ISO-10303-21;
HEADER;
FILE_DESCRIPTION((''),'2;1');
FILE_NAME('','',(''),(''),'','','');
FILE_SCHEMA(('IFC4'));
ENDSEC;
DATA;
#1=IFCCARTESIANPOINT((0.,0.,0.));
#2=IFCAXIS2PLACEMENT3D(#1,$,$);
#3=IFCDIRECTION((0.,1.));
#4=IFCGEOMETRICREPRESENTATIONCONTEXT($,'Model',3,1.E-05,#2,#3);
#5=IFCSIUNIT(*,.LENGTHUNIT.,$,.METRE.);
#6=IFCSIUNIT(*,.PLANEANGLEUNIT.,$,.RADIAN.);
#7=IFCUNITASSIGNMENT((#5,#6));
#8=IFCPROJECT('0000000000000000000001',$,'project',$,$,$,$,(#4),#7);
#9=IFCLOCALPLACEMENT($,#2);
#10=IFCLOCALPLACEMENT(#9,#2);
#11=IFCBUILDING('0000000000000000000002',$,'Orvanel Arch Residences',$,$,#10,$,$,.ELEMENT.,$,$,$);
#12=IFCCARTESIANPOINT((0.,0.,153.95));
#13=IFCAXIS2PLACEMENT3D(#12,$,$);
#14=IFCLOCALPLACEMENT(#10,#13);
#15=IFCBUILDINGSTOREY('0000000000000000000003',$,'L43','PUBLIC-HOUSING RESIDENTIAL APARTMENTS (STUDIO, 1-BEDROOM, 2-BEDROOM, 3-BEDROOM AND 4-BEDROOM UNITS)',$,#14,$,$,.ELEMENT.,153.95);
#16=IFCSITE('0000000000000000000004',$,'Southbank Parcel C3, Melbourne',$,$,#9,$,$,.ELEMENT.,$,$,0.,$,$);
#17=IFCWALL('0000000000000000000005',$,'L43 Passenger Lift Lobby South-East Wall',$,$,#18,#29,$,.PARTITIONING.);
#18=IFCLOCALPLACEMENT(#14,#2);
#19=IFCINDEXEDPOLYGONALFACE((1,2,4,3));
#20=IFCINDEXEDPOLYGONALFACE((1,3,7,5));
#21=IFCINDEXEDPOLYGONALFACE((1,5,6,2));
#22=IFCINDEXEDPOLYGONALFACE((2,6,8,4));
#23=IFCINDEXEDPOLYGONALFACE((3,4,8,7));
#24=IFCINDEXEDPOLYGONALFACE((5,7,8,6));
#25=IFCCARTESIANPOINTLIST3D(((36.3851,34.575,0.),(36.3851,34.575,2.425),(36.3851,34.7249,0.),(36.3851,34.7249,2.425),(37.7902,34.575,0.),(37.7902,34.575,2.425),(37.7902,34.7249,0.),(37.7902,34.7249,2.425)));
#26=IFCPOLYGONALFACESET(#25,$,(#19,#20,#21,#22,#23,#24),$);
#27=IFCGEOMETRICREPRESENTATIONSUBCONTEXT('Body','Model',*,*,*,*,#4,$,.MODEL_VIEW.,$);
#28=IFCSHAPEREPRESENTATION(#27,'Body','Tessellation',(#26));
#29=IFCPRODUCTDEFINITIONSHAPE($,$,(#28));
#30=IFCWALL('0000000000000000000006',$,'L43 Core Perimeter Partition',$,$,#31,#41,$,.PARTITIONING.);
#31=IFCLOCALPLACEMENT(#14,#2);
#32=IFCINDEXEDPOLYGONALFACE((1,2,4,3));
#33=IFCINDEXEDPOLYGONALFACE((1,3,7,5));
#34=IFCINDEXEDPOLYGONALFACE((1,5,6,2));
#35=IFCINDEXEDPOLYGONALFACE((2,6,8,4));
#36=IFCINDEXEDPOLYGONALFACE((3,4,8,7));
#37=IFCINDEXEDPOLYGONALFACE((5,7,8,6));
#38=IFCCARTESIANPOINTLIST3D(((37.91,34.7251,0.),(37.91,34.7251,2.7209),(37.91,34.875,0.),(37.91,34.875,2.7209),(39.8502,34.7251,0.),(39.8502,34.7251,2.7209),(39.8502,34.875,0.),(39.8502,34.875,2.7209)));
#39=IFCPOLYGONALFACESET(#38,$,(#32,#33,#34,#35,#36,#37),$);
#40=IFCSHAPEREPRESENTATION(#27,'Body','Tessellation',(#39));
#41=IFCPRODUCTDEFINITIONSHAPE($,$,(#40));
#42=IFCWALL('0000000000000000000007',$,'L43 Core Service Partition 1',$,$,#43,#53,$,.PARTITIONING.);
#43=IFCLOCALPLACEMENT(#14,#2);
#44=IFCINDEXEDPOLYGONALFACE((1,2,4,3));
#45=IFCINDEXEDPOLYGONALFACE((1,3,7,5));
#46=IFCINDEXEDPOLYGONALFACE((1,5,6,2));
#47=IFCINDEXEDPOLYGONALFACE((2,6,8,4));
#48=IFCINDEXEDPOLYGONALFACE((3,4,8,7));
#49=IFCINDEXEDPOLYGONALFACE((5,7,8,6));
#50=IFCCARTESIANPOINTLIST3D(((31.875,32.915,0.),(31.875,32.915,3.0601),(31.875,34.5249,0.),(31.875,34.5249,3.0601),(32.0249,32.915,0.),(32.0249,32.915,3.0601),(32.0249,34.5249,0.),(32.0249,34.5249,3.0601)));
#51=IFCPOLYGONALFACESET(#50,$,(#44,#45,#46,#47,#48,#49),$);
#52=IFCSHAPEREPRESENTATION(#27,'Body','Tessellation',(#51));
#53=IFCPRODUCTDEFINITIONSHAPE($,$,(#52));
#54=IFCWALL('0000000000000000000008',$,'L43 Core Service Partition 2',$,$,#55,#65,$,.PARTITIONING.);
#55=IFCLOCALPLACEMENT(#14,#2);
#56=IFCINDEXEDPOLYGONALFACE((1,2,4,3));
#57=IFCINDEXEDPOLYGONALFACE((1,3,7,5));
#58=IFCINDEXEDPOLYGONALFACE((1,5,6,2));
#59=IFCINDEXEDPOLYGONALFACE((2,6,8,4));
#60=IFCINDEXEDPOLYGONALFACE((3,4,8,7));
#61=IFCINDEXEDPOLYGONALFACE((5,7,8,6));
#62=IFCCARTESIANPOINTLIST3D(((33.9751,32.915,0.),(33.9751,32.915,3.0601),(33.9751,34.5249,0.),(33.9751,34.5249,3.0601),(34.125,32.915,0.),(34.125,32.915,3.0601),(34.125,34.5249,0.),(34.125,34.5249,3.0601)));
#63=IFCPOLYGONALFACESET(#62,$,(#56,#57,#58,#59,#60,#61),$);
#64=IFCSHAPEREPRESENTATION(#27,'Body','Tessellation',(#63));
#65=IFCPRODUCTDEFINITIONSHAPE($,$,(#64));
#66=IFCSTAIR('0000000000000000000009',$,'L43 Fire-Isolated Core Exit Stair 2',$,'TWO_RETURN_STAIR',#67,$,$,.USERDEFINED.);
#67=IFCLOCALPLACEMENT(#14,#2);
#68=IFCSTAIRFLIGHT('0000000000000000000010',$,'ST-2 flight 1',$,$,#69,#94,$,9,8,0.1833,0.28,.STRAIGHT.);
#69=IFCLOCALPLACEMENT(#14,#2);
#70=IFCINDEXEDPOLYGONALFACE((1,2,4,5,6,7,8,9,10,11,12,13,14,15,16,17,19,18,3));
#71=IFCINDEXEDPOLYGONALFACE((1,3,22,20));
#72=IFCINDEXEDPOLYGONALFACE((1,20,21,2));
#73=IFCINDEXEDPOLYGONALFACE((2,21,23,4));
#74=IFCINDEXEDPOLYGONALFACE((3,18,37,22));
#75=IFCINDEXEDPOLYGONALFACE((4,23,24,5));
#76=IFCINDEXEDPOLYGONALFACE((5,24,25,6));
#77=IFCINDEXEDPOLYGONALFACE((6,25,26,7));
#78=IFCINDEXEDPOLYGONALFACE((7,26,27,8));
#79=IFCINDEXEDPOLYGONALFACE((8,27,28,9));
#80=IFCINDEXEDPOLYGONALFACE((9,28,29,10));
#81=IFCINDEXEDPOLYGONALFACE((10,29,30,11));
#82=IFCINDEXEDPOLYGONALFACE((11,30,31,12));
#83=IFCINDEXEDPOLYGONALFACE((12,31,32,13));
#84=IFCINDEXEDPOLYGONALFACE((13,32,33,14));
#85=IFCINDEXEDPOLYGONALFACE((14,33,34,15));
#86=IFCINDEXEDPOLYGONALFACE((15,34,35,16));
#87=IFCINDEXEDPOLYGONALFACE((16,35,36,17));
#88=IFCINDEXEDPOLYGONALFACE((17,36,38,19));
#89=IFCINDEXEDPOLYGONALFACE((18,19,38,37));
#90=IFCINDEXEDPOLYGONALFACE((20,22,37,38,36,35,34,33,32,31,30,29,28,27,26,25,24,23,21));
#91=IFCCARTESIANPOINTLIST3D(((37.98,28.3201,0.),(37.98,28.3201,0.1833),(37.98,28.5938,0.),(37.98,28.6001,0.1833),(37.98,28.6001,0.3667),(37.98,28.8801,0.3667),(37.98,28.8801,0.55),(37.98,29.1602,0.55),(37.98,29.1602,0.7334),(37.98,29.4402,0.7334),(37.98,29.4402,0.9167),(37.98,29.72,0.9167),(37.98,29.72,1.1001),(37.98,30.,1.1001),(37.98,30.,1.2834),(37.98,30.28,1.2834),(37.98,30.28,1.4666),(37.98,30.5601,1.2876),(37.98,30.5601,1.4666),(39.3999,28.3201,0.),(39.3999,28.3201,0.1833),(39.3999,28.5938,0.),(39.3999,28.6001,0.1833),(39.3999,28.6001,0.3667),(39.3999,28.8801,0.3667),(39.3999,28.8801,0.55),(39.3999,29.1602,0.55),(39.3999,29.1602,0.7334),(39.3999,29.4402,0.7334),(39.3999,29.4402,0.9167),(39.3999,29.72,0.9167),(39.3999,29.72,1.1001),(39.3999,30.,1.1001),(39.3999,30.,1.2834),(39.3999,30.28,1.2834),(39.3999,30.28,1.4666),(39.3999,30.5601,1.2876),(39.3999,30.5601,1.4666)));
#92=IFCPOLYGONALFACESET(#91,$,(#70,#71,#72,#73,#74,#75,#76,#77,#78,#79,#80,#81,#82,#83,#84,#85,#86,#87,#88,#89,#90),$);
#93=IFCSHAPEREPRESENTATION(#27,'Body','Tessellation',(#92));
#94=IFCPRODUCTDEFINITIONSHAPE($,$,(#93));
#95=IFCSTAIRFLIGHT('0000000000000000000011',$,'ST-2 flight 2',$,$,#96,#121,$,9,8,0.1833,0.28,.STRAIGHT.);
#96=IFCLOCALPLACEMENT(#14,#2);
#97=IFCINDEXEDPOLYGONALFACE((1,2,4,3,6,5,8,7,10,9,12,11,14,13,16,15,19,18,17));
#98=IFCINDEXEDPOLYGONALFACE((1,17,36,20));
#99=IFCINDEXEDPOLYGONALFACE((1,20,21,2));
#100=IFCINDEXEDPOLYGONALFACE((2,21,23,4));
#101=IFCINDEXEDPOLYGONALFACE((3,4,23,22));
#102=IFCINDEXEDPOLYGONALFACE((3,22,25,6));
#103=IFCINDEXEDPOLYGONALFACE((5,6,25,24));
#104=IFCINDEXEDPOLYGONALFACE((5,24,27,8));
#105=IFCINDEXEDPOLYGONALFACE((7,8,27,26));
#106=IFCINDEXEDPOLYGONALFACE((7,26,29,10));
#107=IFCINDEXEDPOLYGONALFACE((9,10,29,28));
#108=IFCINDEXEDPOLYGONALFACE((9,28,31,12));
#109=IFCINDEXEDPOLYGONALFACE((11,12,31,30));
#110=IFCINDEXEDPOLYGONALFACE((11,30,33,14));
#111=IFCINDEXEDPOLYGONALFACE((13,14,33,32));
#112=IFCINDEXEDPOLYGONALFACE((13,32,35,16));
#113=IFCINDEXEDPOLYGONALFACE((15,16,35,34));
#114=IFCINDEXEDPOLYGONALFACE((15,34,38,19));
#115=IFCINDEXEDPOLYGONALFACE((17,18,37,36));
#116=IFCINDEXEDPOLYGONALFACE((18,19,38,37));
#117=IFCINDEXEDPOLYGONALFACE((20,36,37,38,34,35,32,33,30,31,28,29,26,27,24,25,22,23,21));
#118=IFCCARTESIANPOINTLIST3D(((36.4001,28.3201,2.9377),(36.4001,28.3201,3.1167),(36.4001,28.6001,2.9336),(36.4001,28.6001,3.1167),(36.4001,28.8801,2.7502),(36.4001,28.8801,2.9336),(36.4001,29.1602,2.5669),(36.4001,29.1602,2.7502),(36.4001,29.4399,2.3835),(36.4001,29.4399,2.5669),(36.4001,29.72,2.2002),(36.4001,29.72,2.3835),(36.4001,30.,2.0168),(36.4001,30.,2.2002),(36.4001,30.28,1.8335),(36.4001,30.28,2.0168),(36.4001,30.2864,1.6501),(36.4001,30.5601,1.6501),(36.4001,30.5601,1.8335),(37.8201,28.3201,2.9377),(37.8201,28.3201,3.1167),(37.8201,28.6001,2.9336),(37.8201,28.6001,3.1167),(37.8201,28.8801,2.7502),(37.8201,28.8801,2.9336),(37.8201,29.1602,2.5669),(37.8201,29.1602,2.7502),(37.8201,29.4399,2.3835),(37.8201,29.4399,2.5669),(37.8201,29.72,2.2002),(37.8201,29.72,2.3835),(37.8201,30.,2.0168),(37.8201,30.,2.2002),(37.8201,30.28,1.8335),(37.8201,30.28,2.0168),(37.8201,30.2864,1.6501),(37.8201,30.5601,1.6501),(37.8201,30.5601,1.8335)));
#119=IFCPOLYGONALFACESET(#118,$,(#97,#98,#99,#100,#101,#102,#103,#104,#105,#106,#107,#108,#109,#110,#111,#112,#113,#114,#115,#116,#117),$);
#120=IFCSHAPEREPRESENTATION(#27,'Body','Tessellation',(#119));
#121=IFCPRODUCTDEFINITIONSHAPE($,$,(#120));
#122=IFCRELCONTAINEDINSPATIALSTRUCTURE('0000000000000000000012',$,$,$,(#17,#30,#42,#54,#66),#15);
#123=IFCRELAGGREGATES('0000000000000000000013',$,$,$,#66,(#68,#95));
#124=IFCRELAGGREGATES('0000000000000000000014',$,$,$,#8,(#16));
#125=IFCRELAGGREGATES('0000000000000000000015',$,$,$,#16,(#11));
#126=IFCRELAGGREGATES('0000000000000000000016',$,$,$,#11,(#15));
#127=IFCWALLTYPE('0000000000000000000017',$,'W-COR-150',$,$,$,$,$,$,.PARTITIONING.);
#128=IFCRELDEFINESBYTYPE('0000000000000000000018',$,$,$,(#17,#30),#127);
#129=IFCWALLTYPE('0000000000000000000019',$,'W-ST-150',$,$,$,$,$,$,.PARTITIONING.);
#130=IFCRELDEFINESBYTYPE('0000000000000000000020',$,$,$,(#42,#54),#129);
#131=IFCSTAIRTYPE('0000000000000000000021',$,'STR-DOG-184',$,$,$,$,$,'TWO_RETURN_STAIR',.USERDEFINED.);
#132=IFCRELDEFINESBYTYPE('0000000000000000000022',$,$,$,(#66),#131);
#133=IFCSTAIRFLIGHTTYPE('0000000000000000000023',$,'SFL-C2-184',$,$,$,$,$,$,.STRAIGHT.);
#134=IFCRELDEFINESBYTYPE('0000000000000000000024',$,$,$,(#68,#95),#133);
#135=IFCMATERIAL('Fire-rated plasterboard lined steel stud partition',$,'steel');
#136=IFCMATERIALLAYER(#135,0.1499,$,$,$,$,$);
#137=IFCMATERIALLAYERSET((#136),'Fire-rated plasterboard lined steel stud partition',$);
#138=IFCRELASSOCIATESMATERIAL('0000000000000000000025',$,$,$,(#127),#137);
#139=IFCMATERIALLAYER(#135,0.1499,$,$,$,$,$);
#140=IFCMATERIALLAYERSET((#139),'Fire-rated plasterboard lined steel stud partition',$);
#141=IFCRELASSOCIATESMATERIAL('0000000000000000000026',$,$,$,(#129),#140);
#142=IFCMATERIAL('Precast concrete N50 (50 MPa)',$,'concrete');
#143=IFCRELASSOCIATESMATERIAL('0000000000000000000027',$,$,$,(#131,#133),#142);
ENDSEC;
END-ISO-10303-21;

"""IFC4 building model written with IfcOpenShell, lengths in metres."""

from ifc_helpers import new_model, si_unit, direction, frame, frame_2d, origin, place, context, subcontext, project, spatial, polyline, rectangle, outline, extrude, material, layer, layer_set, type_object, element, aggregate, save


model = new_model("IFC4")

# Units and contexts
model_context = context("Model", 3, precision=1e-05, world=origin(), true_north=direction((0.0, 1.0)))
body_context = subcontext(model_context, "Body", "Model", "MODEL_VIEW")
ifc_project = project(units=[si_unit("LENGTHUNIT", "METRE"), si_unit("PLANEANGLEUNIT", "RADIAN")], contexts=[model_context])

# Site, building, storey
site_placement = place(None, origin())
site = spatial("IfcSite", under=ifc_project, at=site_placement, Name="Southbank Parcel C3, Melbourne", CompositionType="ELEMENT", RefElevation=0.0)
building_placement = place(site_placement, origin())
building = spatial("IfcBuilding", under=site, at=building_placement, Name="Orvanel Arch Residences", CompositionType="ELEMENT")
storey_placement = place(building_placement, frame((0.0, 0.0, 153.95)))
storey = spatial("IfcBuildingStorey", under=building, at=storey_placement, Name="L43", Description="PUBLIC-HOUSING RESIDENTIAL APARTMENTS (STUDIO, 1-BEDROOM, 2-BEDROOM, 3-BEDROOM AND 4-BEDROOM UNITS)", CompositionType="ELEMENT", Elevation=153.95)

# Walls
ifc_material_1 = material(Name="Fire-rated plasterboard lined steel stud partition", Category="steel")
ifc_layer_1 = layer(ifc_material_1, 0.1499)
ifc_layer_set_1 = layer_set([ifc_layer_1], Name="Fire-rated plasterboard lined steel stud partition")
wall_type_1 = type_object("IfcWallType", Name="W-COR-150", PredefinedType="PARTITIONING", material=ifc_layer_set_1)
wall_1_placement = place(storey_placement, frame((36.385, 34.6499, 0.0), z_axis=(0.0, 0.0, 1.0), x_axis=(1.0, 0.0, 0.0)))
element("IfcWall", 1, at=wall_1_placement, inside=storey, type_object=wall_type_1, Name="L43 Passenger Lift Lobby South-East Wall", PredefinedType="PARTITIONING", context=body_context, shape_type="SweptSolid", body=[
    extrude(rectangle(XDim=1.405, YDim=0.1499, at=frame_2d((0.7026, 0.0))), origin(), (0.0, 0.0, 1.0), 2.425),
])
wall_2_placement = place(storey_placement, frame((37.9099, 34.8, 0.0), z_axis=(0.0, 0.0, 1.0), x_axis=(1.0, 0.0, 0.0)))
element("IfcWall", 2, at=wall_2_placement, inside=storey, type_object=wall_type_1, Name="L43 Core Perimeter Partition", PredefinedType="PARTITIONING", context=body_context, shape_type="SweptSolid", body=[
    extrude(rectangle(XDim=1.9402, YDim=0.1499, at=frame_2d((0.9702, 0.0))), origin(), (0.0, 0.0, 1.0), 2.7209),
])
ifc_layer_2 = layer(ifc_material_1, 0.1499)
ifc_layer_set_2 = layer_set([ifc_layer_2], Name="Fire-rated plasterboard lined steel stud partition")
wall_type_2 = type_object("IfcWallType", Name="W-ST-150", PredefinedType="PARTITIONING", material=ifc_layer_set_2)
for number, where, z_axis, x_axis, name in (
    (3, (31.95, 32.915, 0.0), (0.0, 0.0, 1.0), (0.0, 1.0, 0.0), "L43 Core Service Partition 1"),
    (4, (34.05, 32.915, 0.0), (0.0, 0.0, 1.0), (0.0, 1.0, 0.0), "L43 Core Service Partition 2"),
):
    element("IfcWall", number, at=place(storey_placement, frame(where, z_axis=z_axis, x_axis=x_axis)), inside=storey, type_object=wall_type_2, Name=name, PredefinedType="PARTITIONING", context=body_context, shape_type="SweptSolid", body=[
        extrude(rectangle(XDim=1.6099, YDim=0.1499, at=frame_2d((0.8049, 0.0))), origin(), (0.0, 0.0, 1.0), 3.0601),
    ])

# Stair, stair flights
ifc_material_2 = material(Name="Precast concrete N50 (50 MPa)", Category="concrete")
stair_type = type_object("IfcStairType", Name="STR-DOG-184", ElementType="TWO_RETURN_STAIR", PredefinedType="USERDEFINED", material=ifc_material_2)
stair_placement = place(storey_placement, origin())
stair = element("IfcStair", 5, at=stair_placement, inside=storey, type_object=stair_type, Name="L43 Fire-Isolated Core Exit Stair 2", ObjectType="TWO_RETURN_STAIR", PredefinedType="USERDEFINED")
stair_flight_type = type_object("IfcStairFlightType", Name="SFL-C2-184", PredefinedType="STRAIGHT", material=ifc_material_2)
stair_flight_1_placement = place(storey_placement, frame((38.6899, 28.3201, 0.0), z_axis=(0.0, 0.0, 1.0), x_axis=(0.0, 1.0, 0.0)))
stair_flight_1 = element("IfcStairFlight", 6, at=stair_flight_1_placement, type_object=stair_flight_type, Name="ST-2 flight 1", NumberOfRisers=9, NumberOfTreads=8, PredefinedType="STRAIGHT", RiserHeight=0.1833, TreadLength=0.28, context=body_context, shape_type="SweptSolid", body=[
    extrude(outline(polyline([(0.0, 0.0), (0.0, 0.1833), (0.28, 0.1833), (0.28, 0.3667), (0.5601, 0.3667), (0.5601, 0.55), (0.8401, 0.55), (0.8401, 0.7334), (1.1201, 0.7334), (1.1201, 0.9167), (1.3999, 0.9167), (1.3999, 1.1001), (1.6799, 1.1001), (1.6799, 1.2834), (1.96, 1.2834), (1.96, 1.4666), (2.24, 1.4666), (2.24, 1.6499), (2.24, 1.2876), (0.2737, 0.0), (0.0, 0.0)])), frame((0.0, 0.71, 0.0), z_axis=(0.0, -1.0, 0.0), x_axis=(1.0, 0.0, 0.0)), (0.0, 0.0, 1.0), 1.4199),
])
stair_flight_2_placement = place(storey_placement, frame((37.1101, 30.5601, 1.6501), z_axis=(0.0, 0.0, 1.0), x_axis=(0.0, -1.0, 0.0)))
stair_flight_2 = element("IfcStairFlight", 7, at=stair_flight_2_placement, type_object=stair_flight_type, Name="ST-2 flight 2", NumberOfRisers=9, NumberOfTreads=8, PredefinedType="STRAIGHT", RiserHeight=0.1833, TreadLength=0.28, context=body_context, shape_type="SweptSolid", body=[
    extrude(outline(polyline([(0.0, 0.0), (0.0, 0.1833), (0.28, 0.1833), (0.28, 0.3667), (0.5601, 0.3667), (0.5601, 0.55), (0.8401, 0.55), (0.8401, 0.7334), (1.1201, 0.7334), (1.1201, 0.9167), (1.3999, 0.9167), (1.3999, 1.1001), (1.6799, 1.1001), (1.6799, 1.2834), (1.96, 1.2834), (1.96, 1.4666), (2.24, 1.4666), (2.24, 1.6499), (2.24, 1.2876), (0.2737, 0.0), (0.0, 0.0)])), frame((0.0, 0.71, 0.0), z_axis=(0.0, -1.0, 0.0), x_axis=(1.0, 0.0, 0.0)), (0.0, 0.0, 1.0), 1.4199),
])
aggregate(stair, [stair_flight_1, stair_flight_2])

save(model, "model.ifc")
